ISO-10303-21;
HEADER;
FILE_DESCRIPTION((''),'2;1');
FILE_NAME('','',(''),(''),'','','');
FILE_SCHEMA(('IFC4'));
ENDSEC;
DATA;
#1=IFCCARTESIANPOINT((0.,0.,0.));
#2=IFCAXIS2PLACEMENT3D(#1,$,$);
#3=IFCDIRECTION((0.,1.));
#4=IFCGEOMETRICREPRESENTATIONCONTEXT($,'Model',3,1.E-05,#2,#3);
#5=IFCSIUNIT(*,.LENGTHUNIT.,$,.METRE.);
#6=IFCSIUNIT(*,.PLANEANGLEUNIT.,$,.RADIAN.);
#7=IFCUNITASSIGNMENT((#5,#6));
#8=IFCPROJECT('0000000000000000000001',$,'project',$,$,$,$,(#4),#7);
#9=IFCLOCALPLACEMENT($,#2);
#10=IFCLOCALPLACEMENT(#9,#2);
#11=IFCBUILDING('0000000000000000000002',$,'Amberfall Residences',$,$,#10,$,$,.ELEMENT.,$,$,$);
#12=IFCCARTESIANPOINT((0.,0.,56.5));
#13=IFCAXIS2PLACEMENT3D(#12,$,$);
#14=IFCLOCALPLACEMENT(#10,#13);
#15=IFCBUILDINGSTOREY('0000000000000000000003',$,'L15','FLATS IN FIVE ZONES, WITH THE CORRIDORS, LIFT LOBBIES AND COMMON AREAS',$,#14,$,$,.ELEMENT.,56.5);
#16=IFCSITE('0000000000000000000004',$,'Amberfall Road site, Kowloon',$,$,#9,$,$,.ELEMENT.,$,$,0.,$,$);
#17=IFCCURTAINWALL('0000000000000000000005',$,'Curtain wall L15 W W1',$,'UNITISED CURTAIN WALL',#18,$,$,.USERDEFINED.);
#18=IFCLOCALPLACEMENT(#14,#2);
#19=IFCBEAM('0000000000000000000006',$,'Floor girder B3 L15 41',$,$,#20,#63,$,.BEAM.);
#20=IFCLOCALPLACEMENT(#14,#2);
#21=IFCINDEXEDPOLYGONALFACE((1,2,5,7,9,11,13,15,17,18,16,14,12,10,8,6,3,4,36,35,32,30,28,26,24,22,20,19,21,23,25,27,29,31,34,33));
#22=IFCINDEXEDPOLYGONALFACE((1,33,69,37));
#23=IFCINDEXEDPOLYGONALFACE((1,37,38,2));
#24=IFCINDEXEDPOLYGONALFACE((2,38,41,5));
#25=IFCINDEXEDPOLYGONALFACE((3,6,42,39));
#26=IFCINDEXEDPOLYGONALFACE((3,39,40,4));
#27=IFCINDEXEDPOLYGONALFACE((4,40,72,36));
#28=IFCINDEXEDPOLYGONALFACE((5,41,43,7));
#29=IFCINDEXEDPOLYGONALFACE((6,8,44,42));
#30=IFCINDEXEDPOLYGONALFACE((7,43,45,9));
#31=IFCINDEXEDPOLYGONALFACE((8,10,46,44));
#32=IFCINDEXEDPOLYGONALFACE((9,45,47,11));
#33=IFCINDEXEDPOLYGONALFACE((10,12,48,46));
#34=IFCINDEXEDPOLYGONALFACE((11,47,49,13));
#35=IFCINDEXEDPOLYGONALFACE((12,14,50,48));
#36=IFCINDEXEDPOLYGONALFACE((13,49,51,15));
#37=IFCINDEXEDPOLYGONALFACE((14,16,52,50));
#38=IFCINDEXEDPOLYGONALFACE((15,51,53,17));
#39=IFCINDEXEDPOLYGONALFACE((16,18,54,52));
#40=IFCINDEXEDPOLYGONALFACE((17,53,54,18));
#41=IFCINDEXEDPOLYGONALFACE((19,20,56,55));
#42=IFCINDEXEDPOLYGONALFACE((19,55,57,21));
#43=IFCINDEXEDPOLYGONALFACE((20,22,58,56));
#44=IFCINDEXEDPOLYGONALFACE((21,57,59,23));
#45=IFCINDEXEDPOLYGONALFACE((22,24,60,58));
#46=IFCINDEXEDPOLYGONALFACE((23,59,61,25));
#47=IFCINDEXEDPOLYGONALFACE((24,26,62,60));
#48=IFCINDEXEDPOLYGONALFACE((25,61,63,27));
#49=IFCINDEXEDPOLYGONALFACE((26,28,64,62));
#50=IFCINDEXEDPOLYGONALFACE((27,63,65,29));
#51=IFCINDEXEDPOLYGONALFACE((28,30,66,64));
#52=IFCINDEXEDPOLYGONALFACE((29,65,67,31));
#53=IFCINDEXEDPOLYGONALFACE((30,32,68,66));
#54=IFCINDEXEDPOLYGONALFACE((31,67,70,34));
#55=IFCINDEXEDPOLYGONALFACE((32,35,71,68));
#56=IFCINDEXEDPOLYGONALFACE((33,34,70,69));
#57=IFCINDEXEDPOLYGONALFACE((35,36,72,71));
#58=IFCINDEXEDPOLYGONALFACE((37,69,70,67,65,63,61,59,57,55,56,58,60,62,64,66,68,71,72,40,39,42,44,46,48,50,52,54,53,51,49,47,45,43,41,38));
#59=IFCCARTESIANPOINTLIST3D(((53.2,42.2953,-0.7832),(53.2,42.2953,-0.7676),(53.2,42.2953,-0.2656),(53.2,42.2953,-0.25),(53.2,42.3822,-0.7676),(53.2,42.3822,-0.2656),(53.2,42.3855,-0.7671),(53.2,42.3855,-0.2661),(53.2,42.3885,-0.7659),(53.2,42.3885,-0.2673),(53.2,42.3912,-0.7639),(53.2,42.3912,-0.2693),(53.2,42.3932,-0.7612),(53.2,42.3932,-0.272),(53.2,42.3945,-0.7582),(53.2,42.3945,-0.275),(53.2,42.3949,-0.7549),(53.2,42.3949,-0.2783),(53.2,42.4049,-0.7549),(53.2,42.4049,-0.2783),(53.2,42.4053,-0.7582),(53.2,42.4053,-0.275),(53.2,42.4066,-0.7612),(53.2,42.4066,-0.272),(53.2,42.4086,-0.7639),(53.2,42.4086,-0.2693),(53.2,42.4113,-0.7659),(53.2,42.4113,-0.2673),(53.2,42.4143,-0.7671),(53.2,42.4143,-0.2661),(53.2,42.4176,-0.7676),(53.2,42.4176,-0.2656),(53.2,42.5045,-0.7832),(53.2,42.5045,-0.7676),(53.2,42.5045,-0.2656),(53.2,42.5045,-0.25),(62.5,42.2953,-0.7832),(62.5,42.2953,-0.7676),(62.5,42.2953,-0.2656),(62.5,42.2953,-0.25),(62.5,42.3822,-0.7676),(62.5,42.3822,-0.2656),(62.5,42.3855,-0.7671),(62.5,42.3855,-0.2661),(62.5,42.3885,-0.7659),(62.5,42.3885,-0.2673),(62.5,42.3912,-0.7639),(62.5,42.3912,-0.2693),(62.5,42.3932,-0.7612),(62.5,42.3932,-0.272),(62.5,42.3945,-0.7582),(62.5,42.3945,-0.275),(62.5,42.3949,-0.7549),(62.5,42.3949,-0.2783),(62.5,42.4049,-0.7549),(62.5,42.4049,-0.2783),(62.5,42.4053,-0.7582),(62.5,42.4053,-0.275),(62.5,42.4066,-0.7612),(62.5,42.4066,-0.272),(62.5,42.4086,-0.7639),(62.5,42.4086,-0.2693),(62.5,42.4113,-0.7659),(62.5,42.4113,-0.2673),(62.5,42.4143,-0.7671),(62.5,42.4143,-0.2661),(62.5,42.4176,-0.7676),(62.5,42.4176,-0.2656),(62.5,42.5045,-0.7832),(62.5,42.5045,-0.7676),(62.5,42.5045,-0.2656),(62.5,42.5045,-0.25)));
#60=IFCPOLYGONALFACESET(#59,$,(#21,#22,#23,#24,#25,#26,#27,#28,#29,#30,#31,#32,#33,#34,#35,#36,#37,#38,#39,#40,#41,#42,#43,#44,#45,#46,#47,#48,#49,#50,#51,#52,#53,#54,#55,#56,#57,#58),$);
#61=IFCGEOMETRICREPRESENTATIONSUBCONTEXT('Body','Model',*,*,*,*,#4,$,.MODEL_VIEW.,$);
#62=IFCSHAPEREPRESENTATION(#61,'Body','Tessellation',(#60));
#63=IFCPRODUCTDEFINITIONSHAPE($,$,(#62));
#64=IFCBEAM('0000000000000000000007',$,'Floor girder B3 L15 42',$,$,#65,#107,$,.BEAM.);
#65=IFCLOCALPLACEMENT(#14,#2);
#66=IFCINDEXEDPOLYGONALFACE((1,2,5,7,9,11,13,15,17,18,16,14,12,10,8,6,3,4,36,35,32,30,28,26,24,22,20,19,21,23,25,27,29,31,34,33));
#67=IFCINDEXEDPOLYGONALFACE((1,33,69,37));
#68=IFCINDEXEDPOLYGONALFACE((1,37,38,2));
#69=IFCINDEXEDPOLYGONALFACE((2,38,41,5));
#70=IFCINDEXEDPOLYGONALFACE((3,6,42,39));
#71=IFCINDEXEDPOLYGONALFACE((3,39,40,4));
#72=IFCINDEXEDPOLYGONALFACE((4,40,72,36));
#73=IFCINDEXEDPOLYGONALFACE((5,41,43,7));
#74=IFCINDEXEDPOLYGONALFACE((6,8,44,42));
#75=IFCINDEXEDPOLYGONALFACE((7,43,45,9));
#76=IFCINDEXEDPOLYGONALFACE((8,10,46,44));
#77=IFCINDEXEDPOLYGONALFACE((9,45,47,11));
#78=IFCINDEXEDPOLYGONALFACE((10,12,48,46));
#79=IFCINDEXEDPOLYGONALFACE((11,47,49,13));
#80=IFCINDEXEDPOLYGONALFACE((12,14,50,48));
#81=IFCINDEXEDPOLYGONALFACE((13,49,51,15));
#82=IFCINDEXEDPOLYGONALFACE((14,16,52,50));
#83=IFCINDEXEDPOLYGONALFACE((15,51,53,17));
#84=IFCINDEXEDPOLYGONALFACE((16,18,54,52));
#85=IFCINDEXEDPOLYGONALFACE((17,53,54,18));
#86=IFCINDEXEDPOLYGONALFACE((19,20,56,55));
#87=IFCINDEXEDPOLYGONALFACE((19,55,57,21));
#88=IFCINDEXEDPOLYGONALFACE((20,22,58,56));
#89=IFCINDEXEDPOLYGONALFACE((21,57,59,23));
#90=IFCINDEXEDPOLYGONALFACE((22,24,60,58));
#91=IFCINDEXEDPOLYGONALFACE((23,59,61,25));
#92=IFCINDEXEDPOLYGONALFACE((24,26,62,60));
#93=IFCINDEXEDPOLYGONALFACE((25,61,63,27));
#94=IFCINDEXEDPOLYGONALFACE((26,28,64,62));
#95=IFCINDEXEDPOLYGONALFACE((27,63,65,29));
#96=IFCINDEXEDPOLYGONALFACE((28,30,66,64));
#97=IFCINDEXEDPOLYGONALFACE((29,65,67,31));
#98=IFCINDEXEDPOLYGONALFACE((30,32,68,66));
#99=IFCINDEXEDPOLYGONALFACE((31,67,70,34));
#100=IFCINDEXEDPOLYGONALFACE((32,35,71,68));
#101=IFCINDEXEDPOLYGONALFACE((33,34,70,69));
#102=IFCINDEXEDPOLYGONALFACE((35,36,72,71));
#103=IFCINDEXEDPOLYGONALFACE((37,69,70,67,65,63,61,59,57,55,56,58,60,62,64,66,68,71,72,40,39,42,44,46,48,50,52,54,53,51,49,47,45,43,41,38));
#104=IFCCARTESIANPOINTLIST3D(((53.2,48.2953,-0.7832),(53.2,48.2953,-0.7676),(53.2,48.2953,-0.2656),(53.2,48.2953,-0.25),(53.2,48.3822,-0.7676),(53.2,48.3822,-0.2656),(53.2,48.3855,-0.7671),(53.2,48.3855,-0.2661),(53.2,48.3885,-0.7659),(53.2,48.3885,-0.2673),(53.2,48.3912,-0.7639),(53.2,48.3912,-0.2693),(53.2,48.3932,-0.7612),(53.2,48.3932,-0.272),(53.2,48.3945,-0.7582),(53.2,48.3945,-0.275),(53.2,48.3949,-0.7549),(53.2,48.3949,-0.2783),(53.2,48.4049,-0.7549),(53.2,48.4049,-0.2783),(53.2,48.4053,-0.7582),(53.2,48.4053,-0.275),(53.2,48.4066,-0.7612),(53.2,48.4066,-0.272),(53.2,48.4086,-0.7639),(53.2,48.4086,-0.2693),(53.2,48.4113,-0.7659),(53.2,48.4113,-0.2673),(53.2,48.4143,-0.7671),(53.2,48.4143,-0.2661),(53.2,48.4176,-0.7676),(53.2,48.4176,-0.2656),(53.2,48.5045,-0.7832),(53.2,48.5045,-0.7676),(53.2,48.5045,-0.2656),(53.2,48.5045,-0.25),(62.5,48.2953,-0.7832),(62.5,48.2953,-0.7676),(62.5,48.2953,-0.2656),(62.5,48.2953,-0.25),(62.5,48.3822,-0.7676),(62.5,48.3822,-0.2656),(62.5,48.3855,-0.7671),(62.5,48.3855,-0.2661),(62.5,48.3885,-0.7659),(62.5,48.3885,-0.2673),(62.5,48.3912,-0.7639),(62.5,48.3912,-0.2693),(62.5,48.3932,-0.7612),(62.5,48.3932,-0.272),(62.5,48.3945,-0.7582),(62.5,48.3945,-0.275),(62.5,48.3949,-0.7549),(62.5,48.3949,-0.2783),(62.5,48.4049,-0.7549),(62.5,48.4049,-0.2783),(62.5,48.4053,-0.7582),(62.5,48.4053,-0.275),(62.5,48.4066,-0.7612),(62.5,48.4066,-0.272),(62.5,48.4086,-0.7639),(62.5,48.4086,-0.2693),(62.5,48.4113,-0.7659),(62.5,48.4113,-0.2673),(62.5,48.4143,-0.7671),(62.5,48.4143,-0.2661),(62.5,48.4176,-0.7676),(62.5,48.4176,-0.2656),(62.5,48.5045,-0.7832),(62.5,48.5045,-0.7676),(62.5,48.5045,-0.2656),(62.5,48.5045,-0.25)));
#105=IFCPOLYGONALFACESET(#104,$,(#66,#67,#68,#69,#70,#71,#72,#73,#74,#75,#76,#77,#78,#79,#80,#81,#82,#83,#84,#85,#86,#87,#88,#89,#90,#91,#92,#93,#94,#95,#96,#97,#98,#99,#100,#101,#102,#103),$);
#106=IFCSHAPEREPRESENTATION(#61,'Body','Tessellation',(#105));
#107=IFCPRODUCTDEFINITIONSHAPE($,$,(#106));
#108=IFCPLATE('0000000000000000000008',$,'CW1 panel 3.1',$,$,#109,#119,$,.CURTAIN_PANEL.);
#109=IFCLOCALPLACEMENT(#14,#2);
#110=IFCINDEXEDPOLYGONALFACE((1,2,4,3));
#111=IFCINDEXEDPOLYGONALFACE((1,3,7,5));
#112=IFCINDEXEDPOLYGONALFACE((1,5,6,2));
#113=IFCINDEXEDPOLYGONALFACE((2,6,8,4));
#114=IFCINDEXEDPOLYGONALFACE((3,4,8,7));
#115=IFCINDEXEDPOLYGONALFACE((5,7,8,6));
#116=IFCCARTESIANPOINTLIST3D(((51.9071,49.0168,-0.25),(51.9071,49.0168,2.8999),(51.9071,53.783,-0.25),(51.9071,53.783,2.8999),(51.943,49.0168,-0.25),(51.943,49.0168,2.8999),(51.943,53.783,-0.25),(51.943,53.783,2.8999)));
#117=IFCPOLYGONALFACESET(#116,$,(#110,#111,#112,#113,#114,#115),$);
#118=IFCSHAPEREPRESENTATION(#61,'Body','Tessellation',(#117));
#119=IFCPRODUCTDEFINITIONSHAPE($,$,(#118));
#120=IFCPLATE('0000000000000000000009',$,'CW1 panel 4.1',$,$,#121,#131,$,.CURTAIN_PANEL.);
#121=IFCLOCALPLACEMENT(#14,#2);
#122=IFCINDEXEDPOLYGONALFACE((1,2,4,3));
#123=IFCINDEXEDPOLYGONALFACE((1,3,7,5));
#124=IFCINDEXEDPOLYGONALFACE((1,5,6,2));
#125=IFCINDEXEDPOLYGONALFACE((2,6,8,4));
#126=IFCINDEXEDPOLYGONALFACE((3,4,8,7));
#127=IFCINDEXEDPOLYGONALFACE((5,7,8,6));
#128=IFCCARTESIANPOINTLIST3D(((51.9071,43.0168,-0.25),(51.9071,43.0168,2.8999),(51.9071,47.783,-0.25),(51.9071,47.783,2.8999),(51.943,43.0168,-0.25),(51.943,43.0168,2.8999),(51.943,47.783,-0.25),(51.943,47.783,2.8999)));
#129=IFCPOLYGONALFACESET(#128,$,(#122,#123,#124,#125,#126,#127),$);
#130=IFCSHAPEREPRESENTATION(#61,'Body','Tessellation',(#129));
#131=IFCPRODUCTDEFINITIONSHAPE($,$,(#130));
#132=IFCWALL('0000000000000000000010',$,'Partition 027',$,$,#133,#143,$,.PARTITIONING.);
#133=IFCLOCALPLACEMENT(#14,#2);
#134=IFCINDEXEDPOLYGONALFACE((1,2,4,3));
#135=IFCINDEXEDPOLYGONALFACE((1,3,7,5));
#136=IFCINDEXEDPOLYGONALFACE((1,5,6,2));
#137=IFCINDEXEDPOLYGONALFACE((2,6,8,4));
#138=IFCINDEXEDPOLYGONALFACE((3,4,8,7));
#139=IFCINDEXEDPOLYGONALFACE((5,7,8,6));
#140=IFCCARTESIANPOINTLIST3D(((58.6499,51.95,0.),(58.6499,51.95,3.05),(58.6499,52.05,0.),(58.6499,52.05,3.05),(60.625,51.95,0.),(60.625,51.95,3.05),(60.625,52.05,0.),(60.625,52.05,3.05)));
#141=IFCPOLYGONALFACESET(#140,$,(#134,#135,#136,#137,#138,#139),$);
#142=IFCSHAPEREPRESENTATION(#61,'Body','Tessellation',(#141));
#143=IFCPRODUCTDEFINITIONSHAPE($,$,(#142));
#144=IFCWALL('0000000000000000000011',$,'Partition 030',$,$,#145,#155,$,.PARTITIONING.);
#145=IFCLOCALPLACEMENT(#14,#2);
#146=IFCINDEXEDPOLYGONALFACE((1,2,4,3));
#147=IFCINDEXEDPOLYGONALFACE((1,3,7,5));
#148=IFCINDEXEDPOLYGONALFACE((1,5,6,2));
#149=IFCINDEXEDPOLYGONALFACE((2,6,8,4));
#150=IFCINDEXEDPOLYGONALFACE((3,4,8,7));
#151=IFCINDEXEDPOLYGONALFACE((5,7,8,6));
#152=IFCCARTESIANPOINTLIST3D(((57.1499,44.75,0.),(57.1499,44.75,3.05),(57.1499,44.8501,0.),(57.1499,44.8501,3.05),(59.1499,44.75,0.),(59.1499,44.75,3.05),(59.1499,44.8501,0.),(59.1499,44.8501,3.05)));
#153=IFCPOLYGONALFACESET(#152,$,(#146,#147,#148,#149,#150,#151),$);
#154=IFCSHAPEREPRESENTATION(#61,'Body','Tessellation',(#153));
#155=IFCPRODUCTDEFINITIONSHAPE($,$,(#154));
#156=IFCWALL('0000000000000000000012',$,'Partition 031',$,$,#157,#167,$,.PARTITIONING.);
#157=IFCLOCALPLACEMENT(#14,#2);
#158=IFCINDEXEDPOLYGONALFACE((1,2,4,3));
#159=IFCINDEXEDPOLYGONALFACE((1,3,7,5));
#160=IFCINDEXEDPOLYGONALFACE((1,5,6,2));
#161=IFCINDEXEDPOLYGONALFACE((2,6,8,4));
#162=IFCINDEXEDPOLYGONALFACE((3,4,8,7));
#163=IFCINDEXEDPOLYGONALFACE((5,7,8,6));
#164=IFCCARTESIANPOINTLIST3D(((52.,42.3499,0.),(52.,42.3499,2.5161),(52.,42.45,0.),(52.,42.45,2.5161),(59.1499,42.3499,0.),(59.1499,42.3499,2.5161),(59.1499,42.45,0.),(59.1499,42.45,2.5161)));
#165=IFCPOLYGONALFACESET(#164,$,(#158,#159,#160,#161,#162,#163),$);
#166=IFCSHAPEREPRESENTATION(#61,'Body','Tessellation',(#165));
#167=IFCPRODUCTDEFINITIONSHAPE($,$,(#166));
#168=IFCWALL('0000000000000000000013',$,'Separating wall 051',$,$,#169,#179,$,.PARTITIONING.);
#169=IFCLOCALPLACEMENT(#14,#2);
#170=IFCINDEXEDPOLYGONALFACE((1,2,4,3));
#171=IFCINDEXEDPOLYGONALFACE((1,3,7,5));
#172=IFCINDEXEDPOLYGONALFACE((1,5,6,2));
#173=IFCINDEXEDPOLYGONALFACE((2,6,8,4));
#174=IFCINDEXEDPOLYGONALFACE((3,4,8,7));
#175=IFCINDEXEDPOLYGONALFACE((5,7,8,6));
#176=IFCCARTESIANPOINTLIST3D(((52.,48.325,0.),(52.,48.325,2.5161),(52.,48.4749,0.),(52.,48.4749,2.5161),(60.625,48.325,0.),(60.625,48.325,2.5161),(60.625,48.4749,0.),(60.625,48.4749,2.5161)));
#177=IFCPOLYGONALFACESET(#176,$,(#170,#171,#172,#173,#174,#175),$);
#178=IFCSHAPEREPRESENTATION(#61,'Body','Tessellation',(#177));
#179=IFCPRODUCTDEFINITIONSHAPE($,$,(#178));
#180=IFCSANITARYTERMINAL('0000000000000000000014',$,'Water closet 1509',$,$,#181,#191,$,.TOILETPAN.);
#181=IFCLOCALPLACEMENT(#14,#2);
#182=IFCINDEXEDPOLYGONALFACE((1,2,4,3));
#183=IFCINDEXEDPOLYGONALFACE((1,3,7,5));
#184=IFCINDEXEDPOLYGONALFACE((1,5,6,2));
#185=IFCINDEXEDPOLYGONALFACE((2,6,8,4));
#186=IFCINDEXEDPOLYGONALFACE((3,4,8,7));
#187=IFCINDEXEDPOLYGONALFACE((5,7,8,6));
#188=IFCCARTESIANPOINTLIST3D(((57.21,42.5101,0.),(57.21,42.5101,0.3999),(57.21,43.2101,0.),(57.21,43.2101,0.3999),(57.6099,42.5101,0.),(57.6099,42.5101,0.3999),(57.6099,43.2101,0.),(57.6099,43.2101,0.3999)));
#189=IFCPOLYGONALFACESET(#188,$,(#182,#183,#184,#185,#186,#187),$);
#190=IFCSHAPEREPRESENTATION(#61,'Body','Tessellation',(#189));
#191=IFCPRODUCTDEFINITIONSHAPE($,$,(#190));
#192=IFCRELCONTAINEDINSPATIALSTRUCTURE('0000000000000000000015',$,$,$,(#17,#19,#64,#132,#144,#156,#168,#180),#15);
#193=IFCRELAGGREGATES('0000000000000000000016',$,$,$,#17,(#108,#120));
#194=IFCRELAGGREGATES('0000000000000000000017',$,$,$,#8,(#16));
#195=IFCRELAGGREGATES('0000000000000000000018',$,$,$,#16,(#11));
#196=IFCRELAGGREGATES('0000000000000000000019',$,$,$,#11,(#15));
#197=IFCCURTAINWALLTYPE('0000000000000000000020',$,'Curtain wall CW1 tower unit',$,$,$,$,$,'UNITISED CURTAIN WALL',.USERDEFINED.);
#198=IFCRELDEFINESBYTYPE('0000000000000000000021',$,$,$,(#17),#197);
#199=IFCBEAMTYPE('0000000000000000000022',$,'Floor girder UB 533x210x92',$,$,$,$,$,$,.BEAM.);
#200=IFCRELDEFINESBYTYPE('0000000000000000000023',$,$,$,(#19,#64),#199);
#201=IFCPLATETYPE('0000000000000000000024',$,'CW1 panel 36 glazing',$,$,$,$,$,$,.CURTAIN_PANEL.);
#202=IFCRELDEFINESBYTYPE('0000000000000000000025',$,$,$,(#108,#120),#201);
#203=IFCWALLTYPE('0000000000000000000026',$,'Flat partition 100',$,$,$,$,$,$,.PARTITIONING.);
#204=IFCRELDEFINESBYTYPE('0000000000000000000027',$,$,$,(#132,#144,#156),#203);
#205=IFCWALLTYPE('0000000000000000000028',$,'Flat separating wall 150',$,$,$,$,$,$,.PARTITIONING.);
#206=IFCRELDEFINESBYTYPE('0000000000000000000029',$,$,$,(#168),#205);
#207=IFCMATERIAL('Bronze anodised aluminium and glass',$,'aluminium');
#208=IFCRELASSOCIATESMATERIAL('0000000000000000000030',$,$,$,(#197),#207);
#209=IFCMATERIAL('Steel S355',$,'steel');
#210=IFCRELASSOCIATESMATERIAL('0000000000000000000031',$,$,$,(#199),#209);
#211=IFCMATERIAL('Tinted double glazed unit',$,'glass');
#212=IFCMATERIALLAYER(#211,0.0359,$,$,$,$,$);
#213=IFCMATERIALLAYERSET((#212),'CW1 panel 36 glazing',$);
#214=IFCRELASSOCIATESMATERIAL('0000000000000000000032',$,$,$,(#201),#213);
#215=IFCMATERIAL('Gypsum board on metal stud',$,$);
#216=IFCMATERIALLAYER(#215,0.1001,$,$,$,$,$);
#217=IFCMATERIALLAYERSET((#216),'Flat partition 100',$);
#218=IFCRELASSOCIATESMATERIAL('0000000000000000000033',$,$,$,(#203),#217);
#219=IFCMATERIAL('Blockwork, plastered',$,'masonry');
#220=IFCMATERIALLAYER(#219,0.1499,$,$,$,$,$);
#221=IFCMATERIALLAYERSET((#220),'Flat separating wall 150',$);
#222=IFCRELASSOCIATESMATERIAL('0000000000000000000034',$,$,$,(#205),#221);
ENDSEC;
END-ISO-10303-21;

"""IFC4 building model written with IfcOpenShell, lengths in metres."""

from ifc_helpers import new_model, si_unit, direction, frame, frame_2d, origin, origin_2d, place, context, subcontext, project, spatial, rectangle, i_section, extrude, material, layer, layer_set, material_profile, profile_set, type_object, element, aggregate, save


model = new_model("IFC4")

# Units and contexts
model_context = context("Model", 3, precision=1e-05, world=origin(), true_north=direction((0.0, 1.0)))
body_context = subcontext(model_context, "Body", "Model", "MODEL_VIEW")
ifc_project = project(units=[si_unit("LENGTHUNIT", "METRE"), si_unit("PLANEANGLEUNIT", "RADIAN")], contexts=[model_context])

# Site, building, storey
site_placement = place(None, origin())
site = spatial("IfcSite", under=ifc_project, at=site_placement, Name="Amberfall Road site, Kowloon", CompositionType="ELEMENT", RefElevation=0.0)
building_placement = place(site_placement, origin())
building = spatial("IfcBuilding", under=site, at=building_placement, Name="Amberfall Residences", CompositionType="ELEMENT")
storey_placement = place(building_placement, frame((0.0, 0.0, 56.5)))
storey = spatial("IfcBuildingStorey", under=building, at=storey_placement, Name="L15", Description="FLATS IN FIVE ZONES, WITH THE CORRIDORS, LIFT LOBBIES AND COMMON AREAS", CompositionType="ELEMENT", Elevation=56.5)

# Curtain wall
ifc_material_1 = material(Name="Bronze anodised aluminium and glass", Category="aluminium")
curtain_wall_type = type_object("IfcCurtainWallType", Name="Curtain wall CW1 tower unit", ElementType="UNITISED CURTAIN WALL", PredefinedType="USERDEFINED", material=ifc_material_1)
curtain_wall_placement = place(storey_placement, origin())
curtain_wall = element("IfcCurtainWall", 1, at=curtain_wall_placement, inside=storey, type_object=curtain_wall_type, Name="Curtain wall L15 W W1", ObjectType="UNITISED CURTAIN WALL", PredefinedType="USERDEFINED")

# Shared definitions
ifc_material_2 = material(Name="Steel S355", Category="steel")

# Beams
ifc_material_profile_1 = material_profile(ifc_material_2, i_section(OverallWidth=0.2092, OverallDepth=0.5332, WebThickness=0.01, FlangeThickness=0.0156, FilletRadius=0.0127, at=origin_2d()), Name="UB 533x210x92")
ifc_profile_set_1 = profile_set([ifc_material_profile_1], Name="Steel S355")
beam_type_1 = type_object("IfcBeamType", Name="Floor girder UB 533x210x92", PredefinedType="BEAM", material=ifc_profile_set_1)
for number, where, z_axis, x_axis, name in (
    (2, (53.2, 42.3999, -0.5166), (1.0, 0.0, 0.0), (0.0, 1.0, 0.0), "Floor girder B3 L15 41"),
    (3, (53.2, 48.3999, -0.5166), (1.0, 0.0, 0.0), (0.0, 1.0, 0.0), "Floor girder B3 L15 42"),
):
    element("IfcBeam", number, at=place(storey_placement, frame(where, z_axis=z_axis, x_axis=x_axis)), inside=storey, type_object=beam_type_1, Name=name, PredefinedType="BEAM", context=body_context, shape_type="SweptSolid", body=[
        extrude(i_section(OverallWidth=0.2092, OverallDepth=0.5332, WebThickness=0.01, FlangeThickness=0.0156, FilletRadius=0.0127, at=origin_2d()), origin(), (0.0, 0.0, 1.0), 9.3),
    ])

# Plates
ifc_material_3 = material(Name="Tinted double glazed unit", Category="glass")
ifc_layer_1 = layer(ifc_material_3, 0.0359)
ifc_layer_set_1 = layer_set([ifc_layer_1], Name="CW1 panel 36 glazing")
plate_type = type_object("IfcPlateType", Name="CW1 panel 36 glazing", PredefinedType="CURTAIN_PANEL", material=ifc_layer_set_1)
plate_1_placement = place(storey_placement, frame((51.925, 51.3999, -0.25), z_axis=(0.0, 0.0, 1.0), x_axis=(0.0, -1.0, 0.0)))
plate_1 = element("IfcPlate", 4, at=plate_1_placement, type_object=plate_type, Name="CW1 panel 3.1", PredefinedType="CURTAIN_PANEL", context=body_context, shape_type="SweptSolid", body=[
    extrude(rectangle(XDim=4.7661, YDim=0.0359, at=origin_2d()), origin(), (0.0, 0.0, 1.0), 3.1499),
])
plate_2_placement = place(storey_placement, frame((51.925, 45.3999, -0.25), z_axis=(0.0, 0.0, 1.0), x_axis=(0.0, -1.0, 0.0)))
plate_2 = element("IfcPlate", 5, at=plate_2_placement, type_object=plate_type, Name="CW1 panel 4.1", PredefinedType="CURTAIN_PANEL", context=body_context, shape_type="SweptSolid", body=[
    extrude(rectangle(XDim=4.7661, YDim=0.0359, at=origin_2d()), origin(), (0.0, 0.0, 1.0), 3.1499),
])
aggregate(curtain_wall, [plate_1, plate_2])

# Walls
ifc_material_4 = material(Name="Gypsum board on metal stud")
ifc_layer_2 = layer(ifc_material_4, 0.1001)
ifc_layer_set_2 = layer_set([ifc_layer_2], Name="Flat partition 100")
wall_type_1 = type_object("IfcWallType", Name="Flat partition 100", PredefinedType="PARTITIONING", material=ifc_layer_set_2)
wall_1_placement = place(storey_placement, frame((58.6499, 52.0, 0.0), z_axis=(0.0, 0.0, 1.0), x_axis=(1.0, 0.0, 0.0)))
element("IfcWall", 6, at=wall_1_placement, inside=storey, type_object=wall_type_1, Name="Partition 027", PredefinedType="PARTITIONING", context=body_context, shape_type="SweptSolid", body=[
    extrude(rectangle(XDim=1.9751, YDim=0.1001, at=frame_2d((0.9875, 0.0))), origin(), (0.0, 0.0, 1.0), 3.05),
])
wall_2_placement = place(storey_placement, frame((57.1499, 44.8, 0.0), z_axis=(0.0, 0.0, 1.0), x_axis=(1.0, 0.0, 0.0)))
element("IfcWall", 7, at=wall_2_placement, inside=storey, type_object=wall_type_1, Name="Partition 030", PredefinedType="PARTITIONING", context=body_context, shape_type="SweptSolid", body=[
    extrude(rectangle(XDim=2.0, YDim=0.1001, at=frame_2d((1.0, 0.0))), origin(), (0.0, 0.0, 1.0), 3.05),
])
wall_3_placement = place(storey_placement, frame((52.0, 42.3999, 0.0), z_axis=(0.0, 0.0, 1.0), x_axis=(1.0, 0.0, 0.0)))
element("IfcWall", 8, at=wall_3_placement, inside=storey, type_object=wall_type_1, Name="Partition 031", PredefinedType="PARTITIONING", context=body_context, shape_type="SweptSolid", body=[
    extrude(rectangle(XDim=7.1499, YDim=0.1001, at=frame_2d((3.575, 0.0))), origin(), (0.0, 0.0, 1.0), 2.5161),
])
ifc_material_5 = material(Name="Blockwork, plastered", Category="masonry")
ifc_layer_3 = layer(ifc_material_5, 0.1499)
ifc_layer_set_3 = layer_set([ifc_layer_3], Name="Flat separating wall 150")
wall_type_2 = type_object("IfcWallType", Name="Flat separating wall 150", PredefinedType="PARTITIONING", material=ifc_layer_set_3)
wall_4_placement = place(storey_placement, frame((52.0, 48.3999, 0.0), z_axis=(0.0, 0.0, 1.0), x_axis=(1.0, 0.0, 0.0)))
element("IfcWall", 9, at=wall_4_placement, inside=storey, type_object=wall_type_2, Name="Separating wall 051", PredefinedType="PARTITIONING", context=body_context, shape_type="SweptSolid", body=[
    extrude(rectangle(XDim=8.625, YDim=0.1499, at=frame_2d((4.3125, 0.0))), origin(), (0.0, 0.0, 1.0), 2.5161),
])

# Sanitary terminal
sanitary_terminal_1_placement = place(storey_placement, frame((57.4099, 42.8601, 0.0), z_axis=(0.0, 0.0, 1.0), x_axis=(1.0, 0.0, 0.0)))
element("IfcSanitaryTerminal", 10, at=sanitary_terminal_1_placement, inside=storey, Name="Water closet 1509", PredefinedType="TOILETPAN", context=body_context, shape_type="SweptSolid", body=[
    extrude(rectangle(XDim=0.3999, YDim=0.7, at=origin_2d()), origin(), (0.0, 0.0, 1.0), 0.3999),
])

save(model, "model.ifc")
